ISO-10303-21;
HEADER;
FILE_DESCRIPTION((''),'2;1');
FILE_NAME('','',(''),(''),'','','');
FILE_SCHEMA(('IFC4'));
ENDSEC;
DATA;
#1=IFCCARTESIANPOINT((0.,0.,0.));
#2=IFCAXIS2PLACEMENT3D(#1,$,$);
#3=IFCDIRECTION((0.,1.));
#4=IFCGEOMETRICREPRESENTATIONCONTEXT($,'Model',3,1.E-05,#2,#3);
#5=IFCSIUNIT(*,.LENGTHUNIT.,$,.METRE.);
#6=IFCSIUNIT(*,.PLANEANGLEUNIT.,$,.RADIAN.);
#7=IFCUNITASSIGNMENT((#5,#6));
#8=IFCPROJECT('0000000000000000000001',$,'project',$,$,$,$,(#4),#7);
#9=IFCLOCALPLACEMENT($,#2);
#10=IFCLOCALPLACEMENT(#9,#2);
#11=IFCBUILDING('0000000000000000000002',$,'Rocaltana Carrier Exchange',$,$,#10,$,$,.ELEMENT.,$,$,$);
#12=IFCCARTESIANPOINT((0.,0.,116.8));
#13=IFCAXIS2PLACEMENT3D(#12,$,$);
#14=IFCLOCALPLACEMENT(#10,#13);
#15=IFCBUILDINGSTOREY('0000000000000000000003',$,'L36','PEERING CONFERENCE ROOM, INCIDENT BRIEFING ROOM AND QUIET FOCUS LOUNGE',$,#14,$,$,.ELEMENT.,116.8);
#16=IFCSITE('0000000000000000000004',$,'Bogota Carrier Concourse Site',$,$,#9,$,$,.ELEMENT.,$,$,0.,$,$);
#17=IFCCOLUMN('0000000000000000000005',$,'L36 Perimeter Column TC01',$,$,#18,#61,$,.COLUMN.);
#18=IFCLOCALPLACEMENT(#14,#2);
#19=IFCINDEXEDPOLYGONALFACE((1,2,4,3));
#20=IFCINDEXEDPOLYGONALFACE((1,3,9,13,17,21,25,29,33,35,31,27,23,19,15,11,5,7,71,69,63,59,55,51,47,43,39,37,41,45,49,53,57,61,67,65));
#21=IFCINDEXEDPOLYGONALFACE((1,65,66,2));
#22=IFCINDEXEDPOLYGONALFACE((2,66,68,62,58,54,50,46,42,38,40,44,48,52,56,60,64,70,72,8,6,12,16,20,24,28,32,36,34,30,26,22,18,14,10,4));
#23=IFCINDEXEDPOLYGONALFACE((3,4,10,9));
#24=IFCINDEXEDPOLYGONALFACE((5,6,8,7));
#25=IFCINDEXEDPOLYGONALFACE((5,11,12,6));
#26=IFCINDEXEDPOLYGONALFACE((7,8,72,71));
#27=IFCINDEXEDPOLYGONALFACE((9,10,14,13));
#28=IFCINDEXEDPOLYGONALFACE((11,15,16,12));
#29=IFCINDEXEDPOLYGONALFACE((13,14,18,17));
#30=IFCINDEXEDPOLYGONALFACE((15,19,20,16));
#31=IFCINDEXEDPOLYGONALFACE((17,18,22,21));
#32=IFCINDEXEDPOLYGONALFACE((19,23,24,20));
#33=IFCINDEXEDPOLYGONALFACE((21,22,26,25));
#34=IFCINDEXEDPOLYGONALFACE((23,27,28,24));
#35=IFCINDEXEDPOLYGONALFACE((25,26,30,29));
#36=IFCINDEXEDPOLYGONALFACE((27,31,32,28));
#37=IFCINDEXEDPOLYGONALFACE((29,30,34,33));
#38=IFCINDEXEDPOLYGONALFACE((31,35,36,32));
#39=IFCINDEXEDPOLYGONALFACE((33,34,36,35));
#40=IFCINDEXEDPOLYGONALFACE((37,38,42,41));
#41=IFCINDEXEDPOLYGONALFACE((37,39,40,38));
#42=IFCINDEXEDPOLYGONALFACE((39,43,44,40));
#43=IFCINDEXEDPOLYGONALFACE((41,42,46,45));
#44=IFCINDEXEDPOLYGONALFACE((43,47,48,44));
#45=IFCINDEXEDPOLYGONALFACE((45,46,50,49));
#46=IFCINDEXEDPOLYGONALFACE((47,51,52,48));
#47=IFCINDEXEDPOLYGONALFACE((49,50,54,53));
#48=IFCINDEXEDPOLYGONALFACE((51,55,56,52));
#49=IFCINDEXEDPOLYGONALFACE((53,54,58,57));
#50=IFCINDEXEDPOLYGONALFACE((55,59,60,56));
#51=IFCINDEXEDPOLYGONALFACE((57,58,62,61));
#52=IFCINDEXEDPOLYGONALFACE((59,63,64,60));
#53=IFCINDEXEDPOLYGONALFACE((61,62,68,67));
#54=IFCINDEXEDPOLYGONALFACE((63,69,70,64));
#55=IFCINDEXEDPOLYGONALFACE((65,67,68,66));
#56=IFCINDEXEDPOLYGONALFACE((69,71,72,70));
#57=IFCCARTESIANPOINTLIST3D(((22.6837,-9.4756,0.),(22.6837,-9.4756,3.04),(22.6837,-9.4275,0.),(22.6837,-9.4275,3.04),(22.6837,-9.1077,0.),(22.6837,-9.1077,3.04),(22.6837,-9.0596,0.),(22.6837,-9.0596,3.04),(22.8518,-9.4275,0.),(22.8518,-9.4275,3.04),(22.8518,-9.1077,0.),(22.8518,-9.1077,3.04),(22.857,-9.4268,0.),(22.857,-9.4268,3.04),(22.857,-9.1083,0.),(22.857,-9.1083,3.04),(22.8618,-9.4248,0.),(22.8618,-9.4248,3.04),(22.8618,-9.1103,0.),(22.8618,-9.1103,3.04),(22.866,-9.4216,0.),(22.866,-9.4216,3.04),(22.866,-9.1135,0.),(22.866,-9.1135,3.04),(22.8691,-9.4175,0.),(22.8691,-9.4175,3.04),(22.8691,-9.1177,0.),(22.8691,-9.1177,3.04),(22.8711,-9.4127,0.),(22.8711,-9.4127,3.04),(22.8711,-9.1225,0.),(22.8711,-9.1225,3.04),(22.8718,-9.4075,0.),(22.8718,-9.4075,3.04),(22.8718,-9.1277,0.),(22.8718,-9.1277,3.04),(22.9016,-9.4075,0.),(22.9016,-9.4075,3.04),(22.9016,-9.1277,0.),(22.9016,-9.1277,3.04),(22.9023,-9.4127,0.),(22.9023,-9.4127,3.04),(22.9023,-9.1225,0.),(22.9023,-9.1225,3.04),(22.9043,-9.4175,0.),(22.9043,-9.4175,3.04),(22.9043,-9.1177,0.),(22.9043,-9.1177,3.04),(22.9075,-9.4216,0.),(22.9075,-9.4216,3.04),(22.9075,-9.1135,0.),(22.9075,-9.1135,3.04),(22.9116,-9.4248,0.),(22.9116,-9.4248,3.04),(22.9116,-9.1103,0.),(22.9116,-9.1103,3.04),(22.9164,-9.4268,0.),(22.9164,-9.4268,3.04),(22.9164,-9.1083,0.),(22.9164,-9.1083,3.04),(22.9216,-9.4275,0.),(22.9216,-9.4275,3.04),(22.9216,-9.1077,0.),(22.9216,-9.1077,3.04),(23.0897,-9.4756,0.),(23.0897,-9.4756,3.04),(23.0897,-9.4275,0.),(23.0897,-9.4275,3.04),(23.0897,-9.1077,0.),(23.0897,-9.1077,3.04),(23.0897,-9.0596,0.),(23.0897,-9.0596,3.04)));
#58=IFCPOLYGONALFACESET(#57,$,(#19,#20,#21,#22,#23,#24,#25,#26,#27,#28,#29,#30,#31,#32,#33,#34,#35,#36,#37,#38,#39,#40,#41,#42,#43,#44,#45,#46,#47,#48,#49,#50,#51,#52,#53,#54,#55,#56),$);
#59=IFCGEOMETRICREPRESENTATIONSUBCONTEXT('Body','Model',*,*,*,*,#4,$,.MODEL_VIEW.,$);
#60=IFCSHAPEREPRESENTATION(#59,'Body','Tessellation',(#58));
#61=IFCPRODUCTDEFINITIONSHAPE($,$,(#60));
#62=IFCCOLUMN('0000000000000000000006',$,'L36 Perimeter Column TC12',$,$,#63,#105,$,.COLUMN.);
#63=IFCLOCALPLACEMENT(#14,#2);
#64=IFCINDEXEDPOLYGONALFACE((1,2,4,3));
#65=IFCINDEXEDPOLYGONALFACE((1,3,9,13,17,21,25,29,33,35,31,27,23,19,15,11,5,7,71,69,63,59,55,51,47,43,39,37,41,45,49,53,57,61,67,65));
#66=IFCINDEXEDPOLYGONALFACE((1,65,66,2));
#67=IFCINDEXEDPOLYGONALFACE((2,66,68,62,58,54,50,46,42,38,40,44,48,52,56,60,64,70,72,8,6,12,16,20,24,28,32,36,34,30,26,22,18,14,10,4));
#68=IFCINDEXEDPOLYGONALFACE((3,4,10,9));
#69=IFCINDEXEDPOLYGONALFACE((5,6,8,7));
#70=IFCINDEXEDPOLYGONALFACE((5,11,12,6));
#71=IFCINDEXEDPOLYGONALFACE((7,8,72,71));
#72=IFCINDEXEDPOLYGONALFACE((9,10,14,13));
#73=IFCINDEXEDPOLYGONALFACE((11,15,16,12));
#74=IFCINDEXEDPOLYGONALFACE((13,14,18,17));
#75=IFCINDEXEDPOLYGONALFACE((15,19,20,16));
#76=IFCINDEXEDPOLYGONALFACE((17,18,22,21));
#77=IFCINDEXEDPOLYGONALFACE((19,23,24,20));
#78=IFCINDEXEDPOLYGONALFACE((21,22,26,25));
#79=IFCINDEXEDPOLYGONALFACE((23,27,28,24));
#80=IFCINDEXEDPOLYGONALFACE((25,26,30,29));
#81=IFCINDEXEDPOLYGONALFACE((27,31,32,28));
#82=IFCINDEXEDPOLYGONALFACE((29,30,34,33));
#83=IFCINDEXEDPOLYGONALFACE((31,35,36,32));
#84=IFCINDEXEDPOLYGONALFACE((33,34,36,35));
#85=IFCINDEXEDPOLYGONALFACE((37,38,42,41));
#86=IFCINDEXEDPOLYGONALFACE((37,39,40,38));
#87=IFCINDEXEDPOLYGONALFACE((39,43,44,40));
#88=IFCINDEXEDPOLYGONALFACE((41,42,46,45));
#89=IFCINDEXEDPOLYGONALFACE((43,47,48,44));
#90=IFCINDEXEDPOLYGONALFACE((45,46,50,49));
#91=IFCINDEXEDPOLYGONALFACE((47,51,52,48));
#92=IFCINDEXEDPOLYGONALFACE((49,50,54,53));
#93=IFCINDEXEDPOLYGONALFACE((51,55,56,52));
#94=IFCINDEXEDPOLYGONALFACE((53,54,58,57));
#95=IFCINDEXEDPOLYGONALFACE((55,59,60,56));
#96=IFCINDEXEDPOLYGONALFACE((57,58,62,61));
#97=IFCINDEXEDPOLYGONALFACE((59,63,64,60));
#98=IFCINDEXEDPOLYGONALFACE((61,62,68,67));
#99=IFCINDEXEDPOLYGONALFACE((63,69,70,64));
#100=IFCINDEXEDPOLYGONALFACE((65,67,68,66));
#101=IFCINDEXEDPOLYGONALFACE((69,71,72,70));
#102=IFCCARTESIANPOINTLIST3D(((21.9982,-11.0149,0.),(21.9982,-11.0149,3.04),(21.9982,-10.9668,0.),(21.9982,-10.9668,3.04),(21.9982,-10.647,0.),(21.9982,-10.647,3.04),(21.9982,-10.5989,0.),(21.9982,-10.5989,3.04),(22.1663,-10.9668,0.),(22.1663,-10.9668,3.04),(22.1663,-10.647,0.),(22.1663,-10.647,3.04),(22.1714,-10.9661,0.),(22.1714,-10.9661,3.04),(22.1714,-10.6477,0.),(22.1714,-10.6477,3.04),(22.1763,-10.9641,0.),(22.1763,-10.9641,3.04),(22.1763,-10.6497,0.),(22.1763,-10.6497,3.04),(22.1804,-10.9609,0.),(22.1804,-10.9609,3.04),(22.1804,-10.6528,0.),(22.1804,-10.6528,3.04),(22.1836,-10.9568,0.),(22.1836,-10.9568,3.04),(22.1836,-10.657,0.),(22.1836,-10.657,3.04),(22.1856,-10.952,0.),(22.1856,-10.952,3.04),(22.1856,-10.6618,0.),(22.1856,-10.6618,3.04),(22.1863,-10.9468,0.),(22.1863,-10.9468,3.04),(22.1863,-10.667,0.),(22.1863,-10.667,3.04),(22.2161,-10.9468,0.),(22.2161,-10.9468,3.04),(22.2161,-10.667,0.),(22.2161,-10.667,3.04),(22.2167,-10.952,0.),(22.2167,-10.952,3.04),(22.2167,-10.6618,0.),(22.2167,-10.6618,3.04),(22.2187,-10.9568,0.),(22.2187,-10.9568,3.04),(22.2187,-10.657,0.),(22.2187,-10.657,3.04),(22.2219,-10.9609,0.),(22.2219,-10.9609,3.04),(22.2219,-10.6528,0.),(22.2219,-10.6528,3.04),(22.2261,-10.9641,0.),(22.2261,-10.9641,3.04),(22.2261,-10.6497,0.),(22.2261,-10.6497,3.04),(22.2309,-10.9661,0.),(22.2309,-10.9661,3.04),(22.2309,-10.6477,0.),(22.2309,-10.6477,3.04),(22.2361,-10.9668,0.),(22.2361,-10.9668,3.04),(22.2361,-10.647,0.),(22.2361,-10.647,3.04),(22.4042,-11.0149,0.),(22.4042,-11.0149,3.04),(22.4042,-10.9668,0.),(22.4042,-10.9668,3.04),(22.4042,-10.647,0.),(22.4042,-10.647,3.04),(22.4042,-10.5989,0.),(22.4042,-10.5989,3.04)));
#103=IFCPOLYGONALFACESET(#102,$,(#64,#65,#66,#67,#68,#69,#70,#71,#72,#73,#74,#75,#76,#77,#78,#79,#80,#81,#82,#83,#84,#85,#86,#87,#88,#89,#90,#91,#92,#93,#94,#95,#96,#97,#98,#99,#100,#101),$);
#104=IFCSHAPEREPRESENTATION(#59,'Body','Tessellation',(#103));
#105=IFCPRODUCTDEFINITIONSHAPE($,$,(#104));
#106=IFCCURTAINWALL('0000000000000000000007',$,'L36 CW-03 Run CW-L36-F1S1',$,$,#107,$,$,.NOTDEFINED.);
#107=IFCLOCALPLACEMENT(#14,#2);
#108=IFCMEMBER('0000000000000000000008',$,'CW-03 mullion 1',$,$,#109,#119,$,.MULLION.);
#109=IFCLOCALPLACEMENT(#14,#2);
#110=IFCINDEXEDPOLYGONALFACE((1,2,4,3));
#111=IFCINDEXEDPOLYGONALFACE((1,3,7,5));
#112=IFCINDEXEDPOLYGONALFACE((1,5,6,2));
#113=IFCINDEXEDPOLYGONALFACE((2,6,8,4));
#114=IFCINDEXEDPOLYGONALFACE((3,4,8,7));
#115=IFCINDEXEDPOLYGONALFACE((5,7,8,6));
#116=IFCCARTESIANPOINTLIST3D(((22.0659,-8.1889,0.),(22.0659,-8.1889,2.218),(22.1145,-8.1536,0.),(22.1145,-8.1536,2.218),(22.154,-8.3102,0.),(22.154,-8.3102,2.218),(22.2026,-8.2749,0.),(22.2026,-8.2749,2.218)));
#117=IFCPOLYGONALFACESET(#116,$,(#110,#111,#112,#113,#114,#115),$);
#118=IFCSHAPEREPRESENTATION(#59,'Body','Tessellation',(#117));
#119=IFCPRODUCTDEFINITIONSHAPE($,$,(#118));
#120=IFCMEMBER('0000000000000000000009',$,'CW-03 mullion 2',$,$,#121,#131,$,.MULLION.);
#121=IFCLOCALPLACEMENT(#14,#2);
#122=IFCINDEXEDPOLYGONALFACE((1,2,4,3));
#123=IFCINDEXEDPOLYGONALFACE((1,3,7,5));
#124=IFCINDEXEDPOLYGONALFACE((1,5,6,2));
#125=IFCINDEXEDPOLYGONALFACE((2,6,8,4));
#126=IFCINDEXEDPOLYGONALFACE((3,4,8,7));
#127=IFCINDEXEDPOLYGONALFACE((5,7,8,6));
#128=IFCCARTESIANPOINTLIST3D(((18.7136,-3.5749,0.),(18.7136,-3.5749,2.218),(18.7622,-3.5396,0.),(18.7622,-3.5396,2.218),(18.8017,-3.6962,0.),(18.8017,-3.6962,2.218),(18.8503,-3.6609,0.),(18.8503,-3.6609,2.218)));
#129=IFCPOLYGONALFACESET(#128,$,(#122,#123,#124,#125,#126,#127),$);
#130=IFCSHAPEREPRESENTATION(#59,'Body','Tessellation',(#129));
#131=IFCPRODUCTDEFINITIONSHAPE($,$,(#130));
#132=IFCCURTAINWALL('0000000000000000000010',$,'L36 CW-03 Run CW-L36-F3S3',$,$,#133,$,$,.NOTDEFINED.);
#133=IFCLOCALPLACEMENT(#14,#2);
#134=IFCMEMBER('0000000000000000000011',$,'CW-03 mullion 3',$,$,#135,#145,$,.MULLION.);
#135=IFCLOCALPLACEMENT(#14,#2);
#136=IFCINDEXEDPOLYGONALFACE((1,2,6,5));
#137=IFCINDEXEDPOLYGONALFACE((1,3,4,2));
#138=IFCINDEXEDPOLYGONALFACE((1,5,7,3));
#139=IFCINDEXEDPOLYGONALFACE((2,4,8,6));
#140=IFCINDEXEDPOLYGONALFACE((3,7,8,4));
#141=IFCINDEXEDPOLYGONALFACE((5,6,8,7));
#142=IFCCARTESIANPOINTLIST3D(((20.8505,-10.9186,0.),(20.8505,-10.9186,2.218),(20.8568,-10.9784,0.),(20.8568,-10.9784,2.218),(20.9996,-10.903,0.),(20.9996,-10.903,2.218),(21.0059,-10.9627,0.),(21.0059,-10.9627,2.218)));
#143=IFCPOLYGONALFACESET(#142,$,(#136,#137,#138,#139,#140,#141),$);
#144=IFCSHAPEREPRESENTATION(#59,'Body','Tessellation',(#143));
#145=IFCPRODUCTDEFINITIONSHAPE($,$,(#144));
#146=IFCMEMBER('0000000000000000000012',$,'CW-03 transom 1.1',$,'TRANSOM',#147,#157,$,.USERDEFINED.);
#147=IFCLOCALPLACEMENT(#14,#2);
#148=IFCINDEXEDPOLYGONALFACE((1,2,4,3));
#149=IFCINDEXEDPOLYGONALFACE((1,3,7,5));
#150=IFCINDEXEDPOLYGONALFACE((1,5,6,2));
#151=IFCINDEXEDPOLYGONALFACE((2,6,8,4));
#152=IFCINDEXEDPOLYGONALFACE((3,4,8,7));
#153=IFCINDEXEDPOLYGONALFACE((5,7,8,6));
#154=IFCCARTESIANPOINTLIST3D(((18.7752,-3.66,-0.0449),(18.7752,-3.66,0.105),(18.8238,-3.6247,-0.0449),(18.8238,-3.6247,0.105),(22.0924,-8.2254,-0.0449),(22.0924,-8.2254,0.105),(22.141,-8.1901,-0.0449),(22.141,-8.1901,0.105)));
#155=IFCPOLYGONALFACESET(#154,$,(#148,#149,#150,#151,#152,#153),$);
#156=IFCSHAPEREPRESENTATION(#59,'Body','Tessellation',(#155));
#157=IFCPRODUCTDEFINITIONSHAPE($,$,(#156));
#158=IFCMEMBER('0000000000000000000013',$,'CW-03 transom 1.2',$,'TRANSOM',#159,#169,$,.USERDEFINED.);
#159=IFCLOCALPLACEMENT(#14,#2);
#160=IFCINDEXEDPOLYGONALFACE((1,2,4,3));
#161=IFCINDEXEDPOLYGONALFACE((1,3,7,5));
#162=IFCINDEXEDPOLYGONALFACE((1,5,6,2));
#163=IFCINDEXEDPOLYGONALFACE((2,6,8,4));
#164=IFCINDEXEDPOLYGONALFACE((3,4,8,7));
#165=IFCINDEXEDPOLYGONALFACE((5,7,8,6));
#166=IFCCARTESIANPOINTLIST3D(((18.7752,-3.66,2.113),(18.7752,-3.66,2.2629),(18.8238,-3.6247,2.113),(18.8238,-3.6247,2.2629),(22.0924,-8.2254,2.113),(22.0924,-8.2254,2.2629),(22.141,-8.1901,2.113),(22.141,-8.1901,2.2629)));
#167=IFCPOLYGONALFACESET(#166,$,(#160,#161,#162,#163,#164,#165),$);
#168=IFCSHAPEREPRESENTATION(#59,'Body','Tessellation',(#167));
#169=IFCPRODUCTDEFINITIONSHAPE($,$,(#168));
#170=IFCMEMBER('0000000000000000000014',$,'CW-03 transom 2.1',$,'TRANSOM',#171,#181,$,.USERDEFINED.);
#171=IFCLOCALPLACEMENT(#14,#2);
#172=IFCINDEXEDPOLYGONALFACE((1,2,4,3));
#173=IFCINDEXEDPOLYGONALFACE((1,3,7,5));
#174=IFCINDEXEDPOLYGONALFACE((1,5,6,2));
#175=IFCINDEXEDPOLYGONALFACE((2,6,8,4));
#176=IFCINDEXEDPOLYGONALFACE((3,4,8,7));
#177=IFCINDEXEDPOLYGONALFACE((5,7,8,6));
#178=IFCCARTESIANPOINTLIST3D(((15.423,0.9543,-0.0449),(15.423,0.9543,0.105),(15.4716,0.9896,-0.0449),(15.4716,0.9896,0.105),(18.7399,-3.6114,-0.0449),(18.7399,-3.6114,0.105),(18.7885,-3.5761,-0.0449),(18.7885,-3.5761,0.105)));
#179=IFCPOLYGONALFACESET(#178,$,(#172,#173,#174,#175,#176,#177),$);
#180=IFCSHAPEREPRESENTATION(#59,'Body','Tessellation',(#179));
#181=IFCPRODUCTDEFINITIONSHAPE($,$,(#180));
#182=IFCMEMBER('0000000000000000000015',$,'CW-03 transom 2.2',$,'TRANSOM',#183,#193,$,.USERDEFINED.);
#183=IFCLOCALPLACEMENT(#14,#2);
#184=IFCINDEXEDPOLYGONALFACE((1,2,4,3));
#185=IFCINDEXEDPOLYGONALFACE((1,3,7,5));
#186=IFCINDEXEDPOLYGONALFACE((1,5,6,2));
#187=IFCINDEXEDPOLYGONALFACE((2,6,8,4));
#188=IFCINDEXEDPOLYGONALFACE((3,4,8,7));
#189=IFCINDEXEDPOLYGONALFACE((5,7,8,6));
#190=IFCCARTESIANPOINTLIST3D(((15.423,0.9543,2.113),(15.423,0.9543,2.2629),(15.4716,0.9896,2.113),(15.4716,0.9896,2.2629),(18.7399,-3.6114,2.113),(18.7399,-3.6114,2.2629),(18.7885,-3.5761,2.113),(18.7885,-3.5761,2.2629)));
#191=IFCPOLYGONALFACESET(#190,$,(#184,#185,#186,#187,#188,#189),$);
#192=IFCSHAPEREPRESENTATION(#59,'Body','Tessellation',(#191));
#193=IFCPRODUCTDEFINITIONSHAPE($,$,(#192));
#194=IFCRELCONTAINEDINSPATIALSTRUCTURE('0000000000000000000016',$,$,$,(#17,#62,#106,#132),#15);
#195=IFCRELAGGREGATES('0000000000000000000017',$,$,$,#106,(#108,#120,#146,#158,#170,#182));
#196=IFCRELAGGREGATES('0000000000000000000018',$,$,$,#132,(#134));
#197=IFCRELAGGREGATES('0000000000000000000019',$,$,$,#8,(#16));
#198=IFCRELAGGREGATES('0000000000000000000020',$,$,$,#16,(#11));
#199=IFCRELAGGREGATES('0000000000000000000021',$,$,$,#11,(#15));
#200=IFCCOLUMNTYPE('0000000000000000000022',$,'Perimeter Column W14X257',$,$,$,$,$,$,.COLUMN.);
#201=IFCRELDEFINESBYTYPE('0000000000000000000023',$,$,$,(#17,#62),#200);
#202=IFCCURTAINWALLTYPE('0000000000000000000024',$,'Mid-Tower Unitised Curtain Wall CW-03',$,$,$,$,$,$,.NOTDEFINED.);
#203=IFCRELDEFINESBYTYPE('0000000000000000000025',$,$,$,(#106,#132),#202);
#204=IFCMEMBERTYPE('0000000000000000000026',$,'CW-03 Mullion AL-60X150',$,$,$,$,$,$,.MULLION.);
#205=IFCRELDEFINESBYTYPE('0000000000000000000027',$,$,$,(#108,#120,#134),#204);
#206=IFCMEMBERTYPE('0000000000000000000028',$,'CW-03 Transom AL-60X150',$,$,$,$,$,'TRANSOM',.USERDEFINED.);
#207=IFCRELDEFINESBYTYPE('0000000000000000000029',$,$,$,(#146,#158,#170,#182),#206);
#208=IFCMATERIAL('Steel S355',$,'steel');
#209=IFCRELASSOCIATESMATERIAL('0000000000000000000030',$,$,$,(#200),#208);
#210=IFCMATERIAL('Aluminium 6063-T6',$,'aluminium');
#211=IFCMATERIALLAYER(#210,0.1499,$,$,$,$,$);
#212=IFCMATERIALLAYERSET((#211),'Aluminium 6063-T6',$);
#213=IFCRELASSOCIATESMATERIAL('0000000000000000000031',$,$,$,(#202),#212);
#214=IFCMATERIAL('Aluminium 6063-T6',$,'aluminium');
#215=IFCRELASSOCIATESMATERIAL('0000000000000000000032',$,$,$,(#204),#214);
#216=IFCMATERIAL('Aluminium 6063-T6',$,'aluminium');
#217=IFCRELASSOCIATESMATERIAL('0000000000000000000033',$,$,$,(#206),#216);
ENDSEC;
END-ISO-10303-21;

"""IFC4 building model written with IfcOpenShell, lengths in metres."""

from ifc_helpers import new_model, si_unit, direction, frame, origin, origin_2d, place, context, subcontext, project, spatial, rectangle, i_section, extrude, material, layer, layer_set, material_profile, profile_set, type_object, element, aggregate, save


model = new_model("IFC4")

# Units and contexts
model_context = context("Model", 3, precision=1e-05, world=origin(), true_north=direction((0.0, 1.0)))
body_context = subcontext(model_context, "Body", "Model", "MODEL_VIEW")
ifc_project = project(units=[si_unit("LENGTHUNIT", "METRE"), si_unit("PLANEANGLEUNIT", "RADIAN")], contexts=[model_context])

# Site, building, storey
site_placement = place(None, origin())
site = spatial("IfcSite", under=ifc_project, at=site_placement, Name="Bogota Carrier Concourse Site", CompositionType="ELEMENT", RefElevation=0.0)
building_placement = place(site_placement, origin())
building = spatial("IfcBuilding", under=site, at=building_placement, Name="Rocaltana Carrier Exchange", CompositionType="ELEMENT")
storey_placement = place(building_placement, frame((0.0, 0.0, 116.8)))
storey = spatial("IfcBuildingStorey", under=building, at=storey_placement, Name="L36", Description="PEERING CONFERENCE ROOM, INCIDENT BRIEFING ROOM AND QUIET FOCUS LOUNGE", CompositionType="ELEMENT", Elevation=116.8)

# Columns
ifc_material_1 = material(Name="Steel S355", Category="steel")
ifc_material_profile_1 = material_profile(ifc_material_1, i_section(OverallWidth=0.406, OverallDepth=0.416, WebThickness=0.0298, FlangeThickness=0.0481, FilletRadius=0.02, at=origin_2d()), Name="W14X257")
ifc_profile_set_1 = profile_set([ifc_material_profile_1], Name="Steel S355")
column_type = type_object("IfcColumnType", Name="Perimeter Column W14X257", PredefinedType="COLUMN", material=ifc_profile_set_1)
for number, where, z_axis, x_axis, name in (
    (1, (22.8867, -9.2676, 0.0), (0.0, 0.0, 1.0), (1.0, 0.0, 0.0), "L36 Perimeter Column TC01"),
    (2, (22.2012, -10.8069, 0.0), (0.0, 0.0, 1.0), (1.0, 0.0, 0.0), "L36 Perimeter Column TC12"),
):
    element("IfcColumn", number, at=place(storey_placement, frame(where, z_axis=z_axis, x_axis=x_axis)), inside=storey, type_object=column_type, Name=name, PredefinedType="COLUMN", context=body_context, shape_type="SweptSolid", body=[
        extrude(i_section(OverallWidth=0.406, OverallDepth=0.416, WebThickness=0.0298, FlangeThickness=0.0481, FilletRadius=0.02, at=origin_2d()), origin(), (0.0, 0.0, 1.0), 3.04),
    ])

# Curtain wall, members
ifc_material_2 = material(Name="Aluminium 6063-T6", Category="aluminium")
ifc_layer_1 = layer(ifc_material_2, 0.1499)
ifc_layer_set_1 = layer_set([ifc_layer_1], Name="Aluminium 6063-T6")
curtain_wall_type = type_object("IfcCurtainWallType", Name="Mid-Tower Unitised Curtain Wall CW-03", PredefinedType="NOTDEFINED", material=ifc_layer_set_1)
curtain_wall_1_placement = place(storey_placement, origin())
curtain_wall_1 = element("IfcCurtainWall", 3, at=curtain_wall_1_placement, inside=storey, type_object=curtain_wall_type, Name="L36 CW-03 Run CW-L36-F1S1", PredefinedType="NOTDEFINED")
ifc_material_3 = material(Name="Aluminium 6063-T6", Category="aluminium")
ifc_material_profile_2 = material_profile(ifc_material_3, rectangle(XDim=0.0601, YDim=0.1499, at=origin_2d()), Name="AL-60X150")
ifc_profile_set_2 = profile_set([ifc_material_profile_2], Name="Aluminium 6063-T6")
member_type_1 = type_object("IfcMemberType", Name="CW-03 Mullion AL-60X150", PredefinedType="MULLION", material=ifc_profile_set_2)
member_1_placement = place(storey_placement, frame((22.1343, -8.2319, 0.0), z_axis=(0.0, 0.0, 1.0), x_axis=(-0.809014, -0.58779, 0.0)))
member_1 = element("IfcMember", 4, at=member_1_placement, type_object=member_type_1, Name="CW-03 mullion 1", PredefinedType="MULLION", context=body_context, shape_type="SweptSolid", body=[
    extrude(rectangle(XDim=0.0601, YDim=0.1499, at=origin_2d()), origin(), (0.0, 0.0, 1.0), 2.218),
])
member_2_placement = place(storey_placement, frame((18.782, -3.6179, 0.0), z_axis=(0.0, 0.0, 1.0), x_axis=(-0.809014, -0.58779, 0.0)))
member_2 = element("IfcMember", 5, at=member_2_placement, type_object=member_type_1, Name="CW-03 mullion 2", PredefinedType="MULLION", context=body_context, shape_type="SweptSolid", body=[
    extrude(rectangle(XDim=0.0601, YDim=0.1499, at=origin_2d()), origin(), (0.0, 0.0, 1.0), 2.218),
])

# Curtain wall, member
curtain_wall_2_placement = place(storey_placement, origin())
curtain_wall_2 = element("IfcCurtainWall", 6, at=curtain_wall_2_placement, inside=storey, type_object=curtain_wall_type, Name="L36 CW-03 Run CW-L36-F3S3", PredefinedType="NOTDEFINED")
member_3_placement = place(storey_placement, frame((20.9282, -10.9407, 0.0), z_axis=(0.0, 0.0, 1.0), x_axis=(-0.104522, 0.994523, 0.0)))
member_3 = element("IfcMember", 7, at=member_3_placement, type_object=member_type_1, Name="CW-03 mullion 3", PredefinedType="MULLION", context=body_context, shape_type="SweptSolid", body=[
    extrude(rectangle(XDim=0.0601, YDim=0.1499, at=origin_2d()), origin(), (0.0, 0.0, 1.0), 2.218),
])

# Members
ifc_material_4 = material(Name="Aluminium 6063-T6", Category="aluminium")
ifc_material_profile_3 = material_profile(ifc_material_4, rectangle(XDim=0.0601, YDim=0.1499, at=origin_2d()), Name="AL-60X150")
ifc_profile_set_3 = profile_set([ifc_material_profile_3], Name="Aluminium 6063-T6")
member_type_2 = type_object("IfcMemberType", Name="CW-03 Transom AL-60X150", ElementType="TRANSOM", PredefinedType="USERDEFINED", material=ifc_profile_set_3)
member_4_placement = place(storey_placement, frame((22.1167, -8.2078, 0.03), z_axis=(-0.587804, 0.809004, 0.0), x_axis=(-0.809004, -0.587804, 0.0)))
member_4 = element("IfcMember", 8, at=member_4_placement, type_object=member_type_2, Name="CW-03 transom 1.1", ObjectType="TRANSOM", PredefinedType="USERDEFINED", context=body_context, shape_type="SweptSolid", body=[
    extrude(rectangle(XDim=0.0601, YDim=0.1499, at=origin_2d()), origin(), (0.0, 0.0, 1.0), 5.6433),
])
member_5_placement = place(storey_placement, frame((22.1167, -8.2078, 2.188), z_axis=(-0.587804, 0.809004, 0.0), x_axis=(-0.809004, -0.587804, 0.0)))
member_5 = element("IfcMember", 9, at=member_5_placement, type_object=member_type_2, Name="CW-03 transom 1.2", ObjectType="TRANSOM", PredefinedType="USERDEFINED", context=body_context, shape_type="SweptSolid", body=[
    extrude(rectangle(XDim=0.0601, YDim=0.1499, at=origin_2d()), origin(), (0.0, 0.0, 1.0), 5.6433),
])
member_6_placement = place(storey_placement, frame((18.7642, -3.5938, 0.03), z_axis=(-0.587755, 0.809039, 0.0), x_axis=(-0.809039, -0.587755, 0.0)))
member_6 = element("IfcMember", 10, at=member_6_placement, type_object=member_type_2, Name="CW-03 transom 2.1", ObjectType="TRANSOM", PredefinedType="USERDEFINED", context=body_context, shape_type="SweptSolid", body=[
    extrude(rectangle(XDim=0.0601, YDim=0.1499, at=origin_2d()), origin(), (0.0, 0.0, 1.0), 5.6433),
])
member_7_placement = place(storey_placement, frame((18.7642, -3.5938, 2.188), z_axis=(-0.587755, 0.809039, 0.0), x_axis=(-0.809039, -0.587755, 0.0)))
member_7 = element("IfcMember", 11, at=member_7_placement, type_object=member_type_2, Name="CW-03 transom 2.2", ObjectType="TRANSOM", PredefinedType="USERDEFINED", context=body_context, shape_type="SweptSolid", body=[
    extrude(rectangle(XDim=0.0601, YDim=0.1499, at=origin_2d()), origin(), (0.0, 0.0, 1.0), 5.6433),
])

aggregate(curtain_wall_1, [member_1, member_2, member_4, member_5, member_6, member_7])
aggregate(curtain_wall_2, [member_3])

save(model, "model.ifc")
